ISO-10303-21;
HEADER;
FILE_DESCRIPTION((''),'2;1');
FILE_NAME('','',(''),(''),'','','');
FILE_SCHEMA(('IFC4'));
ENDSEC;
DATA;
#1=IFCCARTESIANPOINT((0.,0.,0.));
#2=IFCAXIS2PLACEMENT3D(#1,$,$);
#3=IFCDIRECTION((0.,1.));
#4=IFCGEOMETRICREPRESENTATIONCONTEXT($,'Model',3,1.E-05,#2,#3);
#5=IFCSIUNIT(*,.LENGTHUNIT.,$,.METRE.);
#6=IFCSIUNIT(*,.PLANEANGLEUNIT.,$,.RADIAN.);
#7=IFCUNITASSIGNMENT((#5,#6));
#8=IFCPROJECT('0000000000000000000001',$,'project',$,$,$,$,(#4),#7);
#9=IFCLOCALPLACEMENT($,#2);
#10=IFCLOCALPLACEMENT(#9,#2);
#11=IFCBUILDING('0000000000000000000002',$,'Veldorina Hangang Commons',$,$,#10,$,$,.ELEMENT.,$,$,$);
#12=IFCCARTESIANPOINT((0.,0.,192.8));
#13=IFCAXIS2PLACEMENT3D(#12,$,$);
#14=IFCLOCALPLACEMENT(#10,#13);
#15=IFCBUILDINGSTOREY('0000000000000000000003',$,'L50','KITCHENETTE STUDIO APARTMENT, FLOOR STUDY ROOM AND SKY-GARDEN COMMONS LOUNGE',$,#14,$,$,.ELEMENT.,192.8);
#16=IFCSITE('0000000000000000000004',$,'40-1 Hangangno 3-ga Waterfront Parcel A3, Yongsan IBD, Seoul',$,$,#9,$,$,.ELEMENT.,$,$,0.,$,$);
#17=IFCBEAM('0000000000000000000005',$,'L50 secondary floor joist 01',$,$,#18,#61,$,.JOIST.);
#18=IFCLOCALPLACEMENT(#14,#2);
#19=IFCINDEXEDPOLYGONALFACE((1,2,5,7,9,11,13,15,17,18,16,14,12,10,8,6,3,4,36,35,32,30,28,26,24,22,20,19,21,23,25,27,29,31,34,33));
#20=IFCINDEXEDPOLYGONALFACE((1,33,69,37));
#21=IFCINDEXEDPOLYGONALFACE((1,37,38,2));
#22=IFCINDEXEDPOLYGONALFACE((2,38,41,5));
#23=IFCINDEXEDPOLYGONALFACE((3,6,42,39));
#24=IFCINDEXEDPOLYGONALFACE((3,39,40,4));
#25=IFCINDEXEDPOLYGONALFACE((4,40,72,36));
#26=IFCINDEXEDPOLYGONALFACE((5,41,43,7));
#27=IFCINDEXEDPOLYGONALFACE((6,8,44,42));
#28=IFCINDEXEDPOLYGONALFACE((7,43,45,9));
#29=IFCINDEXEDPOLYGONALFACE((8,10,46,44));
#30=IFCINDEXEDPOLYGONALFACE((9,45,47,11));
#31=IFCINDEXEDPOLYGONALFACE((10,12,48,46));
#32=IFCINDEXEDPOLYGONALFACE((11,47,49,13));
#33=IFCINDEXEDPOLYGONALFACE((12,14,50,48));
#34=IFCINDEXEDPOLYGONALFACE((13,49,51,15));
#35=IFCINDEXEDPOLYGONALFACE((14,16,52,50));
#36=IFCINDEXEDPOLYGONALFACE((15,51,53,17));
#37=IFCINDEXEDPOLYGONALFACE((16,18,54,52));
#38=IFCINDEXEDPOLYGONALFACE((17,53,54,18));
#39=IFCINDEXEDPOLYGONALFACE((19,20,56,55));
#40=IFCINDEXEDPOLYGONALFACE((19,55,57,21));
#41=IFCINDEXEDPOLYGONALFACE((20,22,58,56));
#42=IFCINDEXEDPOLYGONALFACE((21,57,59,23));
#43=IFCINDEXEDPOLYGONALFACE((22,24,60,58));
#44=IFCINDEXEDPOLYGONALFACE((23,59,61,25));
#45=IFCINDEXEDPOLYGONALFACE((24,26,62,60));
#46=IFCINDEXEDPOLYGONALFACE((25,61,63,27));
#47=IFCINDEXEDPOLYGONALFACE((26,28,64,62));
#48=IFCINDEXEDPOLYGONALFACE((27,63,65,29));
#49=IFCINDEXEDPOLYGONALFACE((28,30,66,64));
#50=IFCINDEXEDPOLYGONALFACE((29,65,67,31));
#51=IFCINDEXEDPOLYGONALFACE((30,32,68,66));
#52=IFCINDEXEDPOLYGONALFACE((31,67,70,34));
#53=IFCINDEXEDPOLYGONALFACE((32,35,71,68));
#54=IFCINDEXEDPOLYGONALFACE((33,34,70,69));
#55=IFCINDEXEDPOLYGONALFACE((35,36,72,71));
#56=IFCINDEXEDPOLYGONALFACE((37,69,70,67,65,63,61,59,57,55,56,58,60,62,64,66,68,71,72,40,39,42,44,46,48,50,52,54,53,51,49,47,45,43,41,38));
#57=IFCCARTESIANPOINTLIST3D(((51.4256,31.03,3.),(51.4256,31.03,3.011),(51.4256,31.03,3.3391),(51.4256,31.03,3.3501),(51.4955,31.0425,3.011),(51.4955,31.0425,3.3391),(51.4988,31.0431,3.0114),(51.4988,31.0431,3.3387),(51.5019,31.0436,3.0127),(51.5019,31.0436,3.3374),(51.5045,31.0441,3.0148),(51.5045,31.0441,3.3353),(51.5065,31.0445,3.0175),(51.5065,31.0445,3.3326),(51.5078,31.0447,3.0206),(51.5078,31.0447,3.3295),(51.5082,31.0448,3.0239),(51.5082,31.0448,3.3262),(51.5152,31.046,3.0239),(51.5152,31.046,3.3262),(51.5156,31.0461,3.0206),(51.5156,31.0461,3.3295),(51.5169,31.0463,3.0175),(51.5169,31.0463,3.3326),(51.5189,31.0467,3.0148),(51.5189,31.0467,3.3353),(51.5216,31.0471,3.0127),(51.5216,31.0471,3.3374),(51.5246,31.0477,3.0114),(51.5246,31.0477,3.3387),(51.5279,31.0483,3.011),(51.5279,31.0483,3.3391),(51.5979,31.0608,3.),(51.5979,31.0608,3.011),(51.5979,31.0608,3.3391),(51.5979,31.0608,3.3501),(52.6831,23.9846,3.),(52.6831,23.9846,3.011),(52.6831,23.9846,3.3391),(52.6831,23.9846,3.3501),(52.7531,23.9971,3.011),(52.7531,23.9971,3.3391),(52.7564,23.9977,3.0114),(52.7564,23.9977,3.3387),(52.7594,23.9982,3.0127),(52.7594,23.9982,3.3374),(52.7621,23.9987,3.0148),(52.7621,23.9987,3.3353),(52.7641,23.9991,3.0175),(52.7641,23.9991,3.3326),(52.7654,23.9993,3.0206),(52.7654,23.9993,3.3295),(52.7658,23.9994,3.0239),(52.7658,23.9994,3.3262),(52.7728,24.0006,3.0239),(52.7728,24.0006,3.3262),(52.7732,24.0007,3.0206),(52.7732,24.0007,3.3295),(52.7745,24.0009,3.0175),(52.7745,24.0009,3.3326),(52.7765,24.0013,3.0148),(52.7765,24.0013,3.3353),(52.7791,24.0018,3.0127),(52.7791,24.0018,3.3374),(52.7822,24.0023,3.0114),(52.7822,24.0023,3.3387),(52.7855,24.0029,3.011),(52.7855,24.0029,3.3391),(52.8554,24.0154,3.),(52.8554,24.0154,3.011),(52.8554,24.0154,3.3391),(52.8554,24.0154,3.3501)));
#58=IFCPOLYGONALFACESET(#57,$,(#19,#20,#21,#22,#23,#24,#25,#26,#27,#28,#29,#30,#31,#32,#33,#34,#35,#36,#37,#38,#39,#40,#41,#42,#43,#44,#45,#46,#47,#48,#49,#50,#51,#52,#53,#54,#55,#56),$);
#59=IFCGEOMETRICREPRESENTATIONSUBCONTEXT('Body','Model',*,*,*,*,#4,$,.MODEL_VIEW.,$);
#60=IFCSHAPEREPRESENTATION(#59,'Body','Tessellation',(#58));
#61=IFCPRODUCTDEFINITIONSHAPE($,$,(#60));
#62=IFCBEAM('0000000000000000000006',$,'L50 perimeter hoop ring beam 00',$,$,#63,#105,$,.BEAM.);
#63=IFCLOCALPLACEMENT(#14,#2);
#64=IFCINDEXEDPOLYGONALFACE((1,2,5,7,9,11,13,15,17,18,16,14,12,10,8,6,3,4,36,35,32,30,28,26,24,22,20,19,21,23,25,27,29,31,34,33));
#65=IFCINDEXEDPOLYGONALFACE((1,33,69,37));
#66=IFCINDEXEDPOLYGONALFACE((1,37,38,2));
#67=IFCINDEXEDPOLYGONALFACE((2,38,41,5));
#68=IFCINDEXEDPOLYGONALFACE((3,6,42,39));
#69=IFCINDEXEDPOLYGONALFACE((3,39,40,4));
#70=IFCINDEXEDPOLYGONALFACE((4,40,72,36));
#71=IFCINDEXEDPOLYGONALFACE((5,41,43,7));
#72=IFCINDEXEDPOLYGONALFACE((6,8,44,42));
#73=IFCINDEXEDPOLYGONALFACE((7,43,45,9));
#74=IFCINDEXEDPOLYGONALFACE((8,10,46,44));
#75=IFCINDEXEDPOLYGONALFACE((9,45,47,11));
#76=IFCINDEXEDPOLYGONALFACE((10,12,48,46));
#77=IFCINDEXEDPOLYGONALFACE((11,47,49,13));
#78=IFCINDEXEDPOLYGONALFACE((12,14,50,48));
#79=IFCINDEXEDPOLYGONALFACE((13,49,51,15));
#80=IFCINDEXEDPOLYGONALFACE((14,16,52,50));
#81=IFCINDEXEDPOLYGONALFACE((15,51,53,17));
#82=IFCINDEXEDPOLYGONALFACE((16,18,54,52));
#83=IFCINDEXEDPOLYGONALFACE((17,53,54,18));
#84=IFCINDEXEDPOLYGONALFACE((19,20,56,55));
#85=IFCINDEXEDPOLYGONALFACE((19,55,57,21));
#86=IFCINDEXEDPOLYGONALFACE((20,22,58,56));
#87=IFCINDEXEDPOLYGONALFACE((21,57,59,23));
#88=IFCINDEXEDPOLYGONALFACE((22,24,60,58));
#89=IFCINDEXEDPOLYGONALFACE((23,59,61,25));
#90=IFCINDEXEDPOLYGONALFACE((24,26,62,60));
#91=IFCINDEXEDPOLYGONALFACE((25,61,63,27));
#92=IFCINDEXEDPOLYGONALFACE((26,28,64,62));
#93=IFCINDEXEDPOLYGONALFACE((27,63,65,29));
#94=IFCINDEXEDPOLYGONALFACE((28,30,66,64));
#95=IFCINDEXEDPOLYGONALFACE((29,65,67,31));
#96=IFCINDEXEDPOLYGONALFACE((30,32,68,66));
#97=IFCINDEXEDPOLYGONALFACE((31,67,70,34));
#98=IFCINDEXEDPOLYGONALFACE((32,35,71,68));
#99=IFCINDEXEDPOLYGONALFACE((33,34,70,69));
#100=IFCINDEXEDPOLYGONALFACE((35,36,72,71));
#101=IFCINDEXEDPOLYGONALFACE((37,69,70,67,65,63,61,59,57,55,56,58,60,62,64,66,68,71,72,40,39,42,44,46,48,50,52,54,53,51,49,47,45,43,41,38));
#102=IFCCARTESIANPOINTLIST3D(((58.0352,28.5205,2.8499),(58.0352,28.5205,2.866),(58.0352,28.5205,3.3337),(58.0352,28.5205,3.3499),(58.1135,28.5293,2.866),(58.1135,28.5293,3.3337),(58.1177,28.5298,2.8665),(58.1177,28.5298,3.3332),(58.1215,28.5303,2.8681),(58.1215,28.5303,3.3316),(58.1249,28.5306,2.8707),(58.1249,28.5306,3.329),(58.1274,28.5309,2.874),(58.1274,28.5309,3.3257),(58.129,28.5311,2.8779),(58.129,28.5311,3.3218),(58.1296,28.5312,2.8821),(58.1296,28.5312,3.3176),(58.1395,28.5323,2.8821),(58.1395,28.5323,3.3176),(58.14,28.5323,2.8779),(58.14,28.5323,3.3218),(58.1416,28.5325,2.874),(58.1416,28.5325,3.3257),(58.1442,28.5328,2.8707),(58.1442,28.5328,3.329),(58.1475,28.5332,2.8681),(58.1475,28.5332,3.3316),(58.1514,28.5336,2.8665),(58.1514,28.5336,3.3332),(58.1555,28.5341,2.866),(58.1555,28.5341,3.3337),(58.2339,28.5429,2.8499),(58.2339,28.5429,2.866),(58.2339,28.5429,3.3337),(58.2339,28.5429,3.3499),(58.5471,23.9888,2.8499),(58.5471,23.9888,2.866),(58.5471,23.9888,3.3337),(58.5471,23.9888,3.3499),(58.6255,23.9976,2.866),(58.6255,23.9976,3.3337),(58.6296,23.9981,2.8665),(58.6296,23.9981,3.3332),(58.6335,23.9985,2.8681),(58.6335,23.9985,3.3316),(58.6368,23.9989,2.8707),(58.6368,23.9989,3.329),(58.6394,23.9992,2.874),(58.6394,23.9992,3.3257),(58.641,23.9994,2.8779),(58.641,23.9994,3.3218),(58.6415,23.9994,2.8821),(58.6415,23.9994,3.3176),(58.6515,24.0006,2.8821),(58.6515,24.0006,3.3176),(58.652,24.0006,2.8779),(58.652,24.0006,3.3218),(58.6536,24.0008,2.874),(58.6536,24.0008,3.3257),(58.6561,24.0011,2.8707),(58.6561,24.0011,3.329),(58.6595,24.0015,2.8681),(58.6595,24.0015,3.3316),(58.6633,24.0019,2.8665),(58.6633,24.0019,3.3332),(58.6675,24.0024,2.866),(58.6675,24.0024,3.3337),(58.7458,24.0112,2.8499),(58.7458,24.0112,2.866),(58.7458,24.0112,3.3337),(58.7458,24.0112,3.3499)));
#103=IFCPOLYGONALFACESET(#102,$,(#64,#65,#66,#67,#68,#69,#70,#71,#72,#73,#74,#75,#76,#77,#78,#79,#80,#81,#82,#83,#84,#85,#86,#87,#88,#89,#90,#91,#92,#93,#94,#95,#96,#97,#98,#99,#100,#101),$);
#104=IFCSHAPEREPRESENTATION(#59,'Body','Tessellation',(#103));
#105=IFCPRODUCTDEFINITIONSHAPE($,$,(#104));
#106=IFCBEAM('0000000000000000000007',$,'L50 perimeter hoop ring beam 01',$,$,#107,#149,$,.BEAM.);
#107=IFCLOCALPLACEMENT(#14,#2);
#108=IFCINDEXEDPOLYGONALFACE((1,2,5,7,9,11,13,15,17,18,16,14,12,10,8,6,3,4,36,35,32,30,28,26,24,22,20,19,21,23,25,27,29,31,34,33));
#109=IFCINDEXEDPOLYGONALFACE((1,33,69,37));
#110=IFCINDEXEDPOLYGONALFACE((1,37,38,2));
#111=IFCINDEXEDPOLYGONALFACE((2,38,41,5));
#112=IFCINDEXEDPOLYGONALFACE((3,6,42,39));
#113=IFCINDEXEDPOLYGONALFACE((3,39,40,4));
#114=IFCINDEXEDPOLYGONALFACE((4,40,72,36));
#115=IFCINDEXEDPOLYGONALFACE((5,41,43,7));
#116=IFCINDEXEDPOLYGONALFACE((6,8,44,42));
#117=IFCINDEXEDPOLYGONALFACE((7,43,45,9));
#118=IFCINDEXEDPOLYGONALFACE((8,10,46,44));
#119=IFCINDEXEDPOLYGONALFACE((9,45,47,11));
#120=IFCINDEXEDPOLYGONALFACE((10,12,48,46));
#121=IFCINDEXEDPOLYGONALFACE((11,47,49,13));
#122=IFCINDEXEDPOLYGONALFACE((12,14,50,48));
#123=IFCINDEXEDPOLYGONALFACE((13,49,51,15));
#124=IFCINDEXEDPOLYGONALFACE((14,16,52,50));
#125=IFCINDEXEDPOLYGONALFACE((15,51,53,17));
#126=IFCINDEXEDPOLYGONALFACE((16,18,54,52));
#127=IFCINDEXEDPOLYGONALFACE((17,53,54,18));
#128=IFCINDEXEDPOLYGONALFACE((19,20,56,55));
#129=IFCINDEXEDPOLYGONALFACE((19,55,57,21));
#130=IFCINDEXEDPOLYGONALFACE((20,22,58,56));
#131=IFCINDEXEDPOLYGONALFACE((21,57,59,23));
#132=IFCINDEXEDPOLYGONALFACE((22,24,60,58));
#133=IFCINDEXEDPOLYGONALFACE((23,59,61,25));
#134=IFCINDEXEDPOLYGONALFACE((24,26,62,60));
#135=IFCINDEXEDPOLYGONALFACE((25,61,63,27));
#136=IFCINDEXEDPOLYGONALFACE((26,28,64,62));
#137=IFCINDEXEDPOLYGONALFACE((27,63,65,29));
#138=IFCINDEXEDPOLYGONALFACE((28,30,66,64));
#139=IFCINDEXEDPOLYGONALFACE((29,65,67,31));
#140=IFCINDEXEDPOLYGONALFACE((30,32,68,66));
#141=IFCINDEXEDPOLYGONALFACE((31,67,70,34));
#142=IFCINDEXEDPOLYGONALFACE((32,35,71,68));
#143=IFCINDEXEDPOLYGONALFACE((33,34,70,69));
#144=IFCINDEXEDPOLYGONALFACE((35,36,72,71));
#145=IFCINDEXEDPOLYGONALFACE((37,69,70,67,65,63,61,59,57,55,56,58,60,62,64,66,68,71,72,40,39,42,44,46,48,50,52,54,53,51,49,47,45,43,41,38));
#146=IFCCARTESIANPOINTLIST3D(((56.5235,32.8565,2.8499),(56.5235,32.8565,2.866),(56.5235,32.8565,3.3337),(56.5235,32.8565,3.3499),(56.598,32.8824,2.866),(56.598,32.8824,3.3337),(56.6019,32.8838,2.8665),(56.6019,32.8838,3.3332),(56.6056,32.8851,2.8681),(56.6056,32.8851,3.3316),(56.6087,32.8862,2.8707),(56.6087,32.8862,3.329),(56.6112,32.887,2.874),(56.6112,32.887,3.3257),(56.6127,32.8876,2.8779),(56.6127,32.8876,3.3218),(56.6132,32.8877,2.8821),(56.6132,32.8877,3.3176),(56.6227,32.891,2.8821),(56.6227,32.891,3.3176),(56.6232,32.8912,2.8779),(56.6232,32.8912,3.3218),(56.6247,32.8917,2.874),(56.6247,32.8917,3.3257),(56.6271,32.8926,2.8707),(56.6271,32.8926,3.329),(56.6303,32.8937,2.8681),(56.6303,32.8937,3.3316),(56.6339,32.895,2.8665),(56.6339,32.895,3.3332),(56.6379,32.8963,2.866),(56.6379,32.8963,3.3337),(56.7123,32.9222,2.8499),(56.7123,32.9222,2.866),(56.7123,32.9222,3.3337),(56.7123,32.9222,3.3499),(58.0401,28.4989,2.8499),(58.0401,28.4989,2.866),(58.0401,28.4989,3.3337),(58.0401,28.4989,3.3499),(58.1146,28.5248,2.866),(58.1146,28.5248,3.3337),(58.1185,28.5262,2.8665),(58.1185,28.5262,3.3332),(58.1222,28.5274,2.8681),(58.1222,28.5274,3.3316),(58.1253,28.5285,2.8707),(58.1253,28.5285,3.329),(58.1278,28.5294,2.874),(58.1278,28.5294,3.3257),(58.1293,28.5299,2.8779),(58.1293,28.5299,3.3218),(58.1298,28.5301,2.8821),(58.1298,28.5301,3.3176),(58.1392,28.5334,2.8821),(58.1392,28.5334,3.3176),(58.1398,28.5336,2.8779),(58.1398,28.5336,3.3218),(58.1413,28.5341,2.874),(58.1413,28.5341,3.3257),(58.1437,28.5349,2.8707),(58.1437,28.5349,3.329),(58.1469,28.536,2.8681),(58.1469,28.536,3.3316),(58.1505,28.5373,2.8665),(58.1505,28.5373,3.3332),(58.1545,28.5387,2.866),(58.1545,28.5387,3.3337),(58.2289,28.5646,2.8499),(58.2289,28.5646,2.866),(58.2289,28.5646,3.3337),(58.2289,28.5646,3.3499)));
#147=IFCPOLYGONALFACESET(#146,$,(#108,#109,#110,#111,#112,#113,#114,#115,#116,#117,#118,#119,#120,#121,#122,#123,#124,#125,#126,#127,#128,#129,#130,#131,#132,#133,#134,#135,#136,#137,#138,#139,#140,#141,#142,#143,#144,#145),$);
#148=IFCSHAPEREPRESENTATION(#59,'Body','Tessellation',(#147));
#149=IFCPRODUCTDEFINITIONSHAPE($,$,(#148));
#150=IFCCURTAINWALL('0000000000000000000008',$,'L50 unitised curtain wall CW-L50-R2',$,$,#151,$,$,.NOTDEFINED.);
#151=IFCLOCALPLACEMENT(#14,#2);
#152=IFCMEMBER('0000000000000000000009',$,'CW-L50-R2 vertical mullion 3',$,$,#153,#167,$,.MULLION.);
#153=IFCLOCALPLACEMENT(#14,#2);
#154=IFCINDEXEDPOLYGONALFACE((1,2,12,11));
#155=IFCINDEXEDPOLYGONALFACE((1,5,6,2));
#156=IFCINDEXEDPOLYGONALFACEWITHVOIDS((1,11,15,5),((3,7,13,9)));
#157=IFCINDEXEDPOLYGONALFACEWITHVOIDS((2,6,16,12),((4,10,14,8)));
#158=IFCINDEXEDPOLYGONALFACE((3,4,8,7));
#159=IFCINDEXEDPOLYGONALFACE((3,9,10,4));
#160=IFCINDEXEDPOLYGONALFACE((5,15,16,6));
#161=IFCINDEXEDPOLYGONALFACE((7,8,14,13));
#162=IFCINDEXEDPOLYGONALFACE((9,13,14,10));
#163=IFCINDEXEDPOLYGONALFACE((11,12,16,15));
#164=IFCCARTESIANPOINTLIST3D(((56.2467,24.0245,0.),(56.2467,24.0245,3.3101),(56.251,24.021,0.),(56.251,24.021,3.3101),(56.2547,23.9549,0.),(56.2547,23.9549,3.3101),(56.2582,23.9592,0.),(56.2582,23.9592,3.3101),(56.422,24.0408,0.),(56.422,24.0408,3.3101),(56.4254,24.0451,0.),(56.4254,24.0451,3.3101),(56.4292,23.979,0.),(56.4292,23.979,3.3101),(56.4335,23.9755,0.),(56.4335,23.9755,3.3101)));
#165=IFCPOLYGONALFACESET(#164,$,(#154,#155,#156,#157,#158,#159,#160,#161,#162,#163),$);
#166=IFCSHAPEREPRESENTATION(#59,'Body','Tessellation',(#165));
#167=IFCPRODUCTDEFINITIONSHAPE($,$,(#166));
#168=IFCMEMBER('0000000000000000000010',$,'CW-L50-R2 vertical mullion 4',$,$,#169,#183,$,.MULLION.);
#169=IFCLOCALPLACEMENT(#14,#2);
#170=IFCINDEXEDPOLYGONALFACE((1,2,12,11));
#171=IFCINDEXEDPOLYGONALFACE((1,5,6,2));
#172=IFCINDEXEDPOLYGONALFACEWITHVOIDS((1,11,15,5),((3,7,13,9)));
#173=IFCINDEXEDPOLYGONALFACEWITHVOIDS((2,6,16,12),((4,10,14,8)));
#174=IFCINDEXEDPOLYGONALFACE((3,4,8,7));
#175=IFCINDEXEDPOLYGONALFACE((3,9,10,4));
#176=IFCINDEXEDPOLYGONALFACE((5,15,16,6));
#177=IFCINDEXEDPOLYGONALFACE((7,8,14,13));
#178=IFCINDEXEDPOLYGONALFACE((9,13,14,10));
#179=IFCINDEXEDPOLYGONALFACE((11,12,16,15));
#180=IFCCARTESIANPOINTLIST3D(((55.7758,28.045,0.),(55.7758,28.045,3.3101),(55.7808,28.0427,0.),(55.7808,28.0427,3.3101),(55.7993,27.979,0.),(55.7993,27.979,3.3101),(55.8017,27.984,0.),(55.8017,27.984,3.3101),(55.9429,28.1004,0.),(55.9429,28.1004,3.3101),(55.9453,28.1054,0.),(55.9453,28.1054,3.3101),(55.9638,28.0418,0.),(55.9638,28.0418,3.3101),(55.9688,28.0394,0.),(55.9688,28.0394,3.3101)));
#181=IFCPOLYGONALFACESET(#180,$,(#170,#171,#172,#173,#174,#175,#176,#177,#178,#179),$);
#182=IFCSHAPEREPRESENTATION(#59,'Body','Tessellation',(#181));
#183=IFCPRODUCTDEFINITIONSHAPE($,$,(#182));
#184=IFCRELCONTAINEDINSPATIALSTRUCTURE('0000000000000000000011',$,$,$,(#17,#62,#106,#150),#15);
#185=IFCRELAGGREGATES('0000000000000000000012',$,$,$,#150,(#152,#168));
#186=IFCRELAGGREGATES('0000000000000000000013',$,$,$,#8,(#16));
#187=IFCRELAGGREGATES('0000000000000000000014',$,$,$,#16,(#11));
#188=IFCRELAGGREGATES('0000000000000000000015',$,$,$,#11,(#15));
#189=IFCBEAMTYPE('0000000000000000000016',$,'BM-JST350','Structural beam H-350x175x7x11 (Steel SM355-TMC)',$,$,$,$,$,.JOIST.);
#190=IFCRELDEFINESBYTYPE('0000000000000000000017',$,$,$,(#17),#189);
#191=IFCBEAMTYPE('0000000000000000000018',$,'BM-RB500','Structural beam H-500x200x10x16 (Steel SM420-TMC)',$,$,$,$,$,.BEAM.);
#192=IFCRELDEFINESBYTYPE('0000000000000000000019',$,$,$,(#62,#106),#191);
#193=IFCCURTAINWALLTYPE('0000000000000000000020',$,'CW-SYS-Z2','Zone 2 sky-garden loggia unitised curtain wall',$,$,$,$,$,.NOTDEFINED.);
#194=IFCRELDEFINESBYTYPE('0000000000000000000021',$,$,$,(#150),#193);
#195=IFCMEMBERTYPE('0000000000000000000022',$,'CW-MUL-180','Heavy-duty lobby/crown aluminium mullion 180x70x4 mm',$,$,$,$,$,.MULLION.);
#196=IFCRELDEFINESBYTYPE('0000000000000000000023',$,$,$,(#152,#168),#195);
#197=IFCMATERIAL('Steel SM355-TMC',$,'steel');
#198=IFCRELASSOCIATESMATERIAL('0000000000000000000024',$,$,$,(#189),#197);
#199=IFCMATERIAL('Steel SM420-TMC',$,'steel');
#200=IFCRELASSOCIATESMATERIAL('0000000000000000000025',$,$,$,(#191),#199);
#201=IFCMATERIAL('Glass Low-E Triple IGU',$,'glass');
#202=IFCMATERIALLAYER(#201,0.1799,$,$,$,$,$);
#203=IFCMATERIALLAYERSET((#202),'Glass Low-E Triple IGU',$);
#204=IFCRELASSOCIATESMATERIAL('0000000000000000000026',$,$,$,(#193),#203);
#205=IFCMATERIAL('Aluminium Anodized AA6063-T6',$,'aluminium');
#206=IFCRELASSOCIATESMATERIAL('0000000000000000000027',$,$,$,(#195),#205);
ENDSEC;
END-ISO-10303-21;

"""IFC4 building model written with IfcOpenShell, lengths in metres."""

from ifc_helpers import new_model, si_unit, direction, frame, origin, origin_2d, place, context, subcontext, project, spatial, hollow_rectangle, i_section, extrude, material, layer, layer_set, material_profile, profile_set, type_object, element, aggregate, save


model = new_model("IFC4")

# Units and contexts
model_context = context("Model", 3, precision=1e-05, world=origin(), true_north=direction((0.0, 1.0)))
body_context = subcontext(model_context, "Body", "Model", "MODEL_VIEW")
ifc_project = project(units=[si_unit("LENGTHUNIT", "METRE"), si_unit("PLANEANGLEUNIT", "RADIAN")], contexts=[model_context])

# Site, building, storey
site_placement = place(None, origin())
site = spatial("IfcSite", under=ifc_project, at=site_placement, Name="40-1 Hangangno 3-ga Waterfront Parcel A3, Yongsan IBD, Seoul", CompositionType="ELEMENT", RefElevation=0.0)
building_placement = place(site_placement, origin())
building = spatial("IfcBuilding", under=site, at=building_placement, Name="Veldorina Hangang Commons", CompositionType="ELEMENT")
storey_placement = place(building_placement, frame((0.0, 0.0, 192.8)))
storey = spatial("IfcBuildingStorey", under=building, at=storey_placement, Name="L50", Description="KITCHENETTE STUDIO APARTMENT, FLOOR STUDY ROOM AND SKY-GARDEN COMMONS LOUNGE", CompositionType="ELEMENT", Elevation=192.8)

# Beams
ifc_material_1 = material(Name="Steel SM355-TMC", Category="steel")
ifc_material_profile_1 = material_profile(ifc_material_1, i_section(OverallWidth=0.175, OverallDepth=0.3501, WebThickness=0.0071, FlangeThickness=0.011, FilletRadius=0.0129, at=origin_2d()), Name="H-350x175x7x11")
ifc_profile_set_1 = profile_set([ifc_material_profile_1], Name="Steel SM355-TMC")
beam_type_1 = type_object("IfcBeamType", Name="BM-JST350", Description="Structural beam H-350x175x7x11 (Steel SM355-TMC)", PredefinedType="JOIST", material=ifc_profile_set_1)
beam_1_placement = place(storey_placement, frame((52.7693, 24.0, 3.175), z_axis=(-0.175717, 0.984441, 0.0), x_axis=(-0.984441, -0.175717, 0.0)))
element("IfcBeam", 1, at=beam_1_placement, inside=storey, type_object=beam_type_1, Name="L50 secondary floor joist 01", PredefinedType="JOIST", context=body_context, shape_type="SweptSolid", body=[
    extrude(i_section(OverallWidth=0.175, OverallDepth=0.3501, WebThickness=0.0071, FlangeThickness=0.011, FilletRadius=0.0129, at=origin_2d()), origin(), (0.0, 0.0, 1.0), 7.1567),
])
ifc_material_2 = material(Name="Steel SM420-TMC", Category="steel")
ifc_material_profile_2 = material_profile(ifc_material_2, i_section(OverallWidth=0.2, OverallDepth=0.5, WebThickness=0.01, FlangeThickness=0.0161, FilletRadius=0.0161, at=origin_2d()), Name="H-500x200x10x16")
ifc_profile_set_2 = profile_set([ifc_material_profile_2], Name="Steel SM420-TMC")
beam_type_2 = type_object("IfcBeamType", Name="BM-RB500", Description="Structural beam H-500x200x10x16 (Steel SM420-TMC)", PredefinedType="BEAM", material=ifc_profile_set_2)
beam_2_placement = place(storey_placement, frame((58.6465, 24.0, 3.0999), z_axis=(-0.112259, 0.993679, 0.0), x_axis=(-0.993679, -0.112259, 0.0)))
element("IfcBeam", 2, at=beam_2_placement, inside=storey, type_object=beam_type_2, Name="L50 perimeter hoop ring beam 00", PredefinedType="BEAM", context=body_context, shape_type="SweptSolid", body=[
    extrude(i_section(OverallWidth=0.2, OverallDepth=0.5, WebThickness=0.01, FlangeThickness=0.0161, FilletRadius=0.0161, at=origin_2d()), origin(), (0.0, 0.0, 1.0), 4.5605),
])
beam_3_placement = place(storey_placement, frame((58.1345, 28.5317, 3.0999), z_axis=(-0.328693, 0.944437, 0.0), x_axis=(-0.944437, -0.328693, 0.0)))
element("IfcBeam", 3, at=beam_3_placement, inside=storey, type_object=beam_type_2, Name="L50 perimeter hoop ring beam 01", PredefinedType="BEAM", context=body_context, shape_type="SweptSolid", body=[
    extrude(i_section(OverallWidth=0.2, OverallDepth=0.5, WebThickness=0.01, FlangeThickness=0.0161, FilletRadius=0.0161, at=origin_2d()), origin(), (0.0, 0.0, 1.0), 4.614),
])

# Curtain wall, members
ifc_material_3 = material(Name="Glass Low-E Triple IGU", Category="glass")
ifc_layer_1 = layer(ifc_material_3, 0.1799)
ifc_layer_set_1 = layer_set([ifc_layer_1], Name="Glass Low-E Triple IGU")
curtain_wall_type = type_object("IfcCurtainWallType", Name="CW-SYS-Z2", Description="Zone 2 sky-garden loggia unitised curtain wall", PredefinedType="NOTDEFINED", material=ifc_layer_set_1)
curtain_wall_placement = place(storey_placement, origin())
curtain_wall = element("IfcCurtainWall", 4, at=curtain_wall_placement, inside=storey, type_object=curtain_wall_type, Name="L50 unitised curtain wall CW-L50-R2", PredefinedType="NOTDEFINED")
ifc_material_4 = material(Name="Aluminium Anodized AA6063-T6", Category="aluminium")
ifc_material_profile_3 = material_profile(ifc_material_4, hollow_rectangle(XDim=0.0701, YDim=0.1799, WallThickness=0.0039, at=origin_2d()), Name="ALU-RHS-180x70x4")
ifc_profile_set_3 = profile_set([ifc_material_profile_3], Name="Aluminium Anodized AA6063-T6")
member_type_1 = type_object("IfcMemberType", Name="CW-MUL-180", Description="Heavy-duty lobby/crown aluminium mullion 180x70x4 mm", PredefinedType="MULLION", material=ifc_profile_set_3)
member_1_placement = place(storey_placement, frame((56.3401, 24.0, 0.0), z_axis=(0.0, 0.0, 1.0), x_axis=(-0.114937, 0.993373, 0.0)))
member_1 = element("IfcMember", 5, at=member_1_placement, type_object=member_type_1, Name="CW-L50-R2 vertical mullion 3", PredefinedType="MULLION", context=body_context, shape_type="SweptSolid", body=[
    extrude(hollow_rectangle(XDim=0.0701, YDim=0.1799, WallThickness=0.0039, at=origin_2d()), origin(), (0.0, 0.0, 1.0), 3.3101),
])
member_2_placement = place(storey_placement, frame((55.8723, 28.0422, 0.0), z_axis=(0.0, 0.0, 1.0), x_axis=(-0.335682, 0.941975, 0.0)))
member_2 = element("IfcMember", 6, at=member_2_placement, type_object=member_type_1, Name="CW-L50-R2 vertical mullion 4", PredefinedType="MULLION", context=body_context, shape_type="SweptSolid", body=[
    extrude(hollow_rectangle(XDim=0.0701, YDim=0.1799, WallThickness=0.0039, at=origin_2d()), origin(), (0.0, 0.0, 1.0), 3.3101),
])

aggregate(curtain_wall, [member_1, member_2])

save(model, "model.ifc")
